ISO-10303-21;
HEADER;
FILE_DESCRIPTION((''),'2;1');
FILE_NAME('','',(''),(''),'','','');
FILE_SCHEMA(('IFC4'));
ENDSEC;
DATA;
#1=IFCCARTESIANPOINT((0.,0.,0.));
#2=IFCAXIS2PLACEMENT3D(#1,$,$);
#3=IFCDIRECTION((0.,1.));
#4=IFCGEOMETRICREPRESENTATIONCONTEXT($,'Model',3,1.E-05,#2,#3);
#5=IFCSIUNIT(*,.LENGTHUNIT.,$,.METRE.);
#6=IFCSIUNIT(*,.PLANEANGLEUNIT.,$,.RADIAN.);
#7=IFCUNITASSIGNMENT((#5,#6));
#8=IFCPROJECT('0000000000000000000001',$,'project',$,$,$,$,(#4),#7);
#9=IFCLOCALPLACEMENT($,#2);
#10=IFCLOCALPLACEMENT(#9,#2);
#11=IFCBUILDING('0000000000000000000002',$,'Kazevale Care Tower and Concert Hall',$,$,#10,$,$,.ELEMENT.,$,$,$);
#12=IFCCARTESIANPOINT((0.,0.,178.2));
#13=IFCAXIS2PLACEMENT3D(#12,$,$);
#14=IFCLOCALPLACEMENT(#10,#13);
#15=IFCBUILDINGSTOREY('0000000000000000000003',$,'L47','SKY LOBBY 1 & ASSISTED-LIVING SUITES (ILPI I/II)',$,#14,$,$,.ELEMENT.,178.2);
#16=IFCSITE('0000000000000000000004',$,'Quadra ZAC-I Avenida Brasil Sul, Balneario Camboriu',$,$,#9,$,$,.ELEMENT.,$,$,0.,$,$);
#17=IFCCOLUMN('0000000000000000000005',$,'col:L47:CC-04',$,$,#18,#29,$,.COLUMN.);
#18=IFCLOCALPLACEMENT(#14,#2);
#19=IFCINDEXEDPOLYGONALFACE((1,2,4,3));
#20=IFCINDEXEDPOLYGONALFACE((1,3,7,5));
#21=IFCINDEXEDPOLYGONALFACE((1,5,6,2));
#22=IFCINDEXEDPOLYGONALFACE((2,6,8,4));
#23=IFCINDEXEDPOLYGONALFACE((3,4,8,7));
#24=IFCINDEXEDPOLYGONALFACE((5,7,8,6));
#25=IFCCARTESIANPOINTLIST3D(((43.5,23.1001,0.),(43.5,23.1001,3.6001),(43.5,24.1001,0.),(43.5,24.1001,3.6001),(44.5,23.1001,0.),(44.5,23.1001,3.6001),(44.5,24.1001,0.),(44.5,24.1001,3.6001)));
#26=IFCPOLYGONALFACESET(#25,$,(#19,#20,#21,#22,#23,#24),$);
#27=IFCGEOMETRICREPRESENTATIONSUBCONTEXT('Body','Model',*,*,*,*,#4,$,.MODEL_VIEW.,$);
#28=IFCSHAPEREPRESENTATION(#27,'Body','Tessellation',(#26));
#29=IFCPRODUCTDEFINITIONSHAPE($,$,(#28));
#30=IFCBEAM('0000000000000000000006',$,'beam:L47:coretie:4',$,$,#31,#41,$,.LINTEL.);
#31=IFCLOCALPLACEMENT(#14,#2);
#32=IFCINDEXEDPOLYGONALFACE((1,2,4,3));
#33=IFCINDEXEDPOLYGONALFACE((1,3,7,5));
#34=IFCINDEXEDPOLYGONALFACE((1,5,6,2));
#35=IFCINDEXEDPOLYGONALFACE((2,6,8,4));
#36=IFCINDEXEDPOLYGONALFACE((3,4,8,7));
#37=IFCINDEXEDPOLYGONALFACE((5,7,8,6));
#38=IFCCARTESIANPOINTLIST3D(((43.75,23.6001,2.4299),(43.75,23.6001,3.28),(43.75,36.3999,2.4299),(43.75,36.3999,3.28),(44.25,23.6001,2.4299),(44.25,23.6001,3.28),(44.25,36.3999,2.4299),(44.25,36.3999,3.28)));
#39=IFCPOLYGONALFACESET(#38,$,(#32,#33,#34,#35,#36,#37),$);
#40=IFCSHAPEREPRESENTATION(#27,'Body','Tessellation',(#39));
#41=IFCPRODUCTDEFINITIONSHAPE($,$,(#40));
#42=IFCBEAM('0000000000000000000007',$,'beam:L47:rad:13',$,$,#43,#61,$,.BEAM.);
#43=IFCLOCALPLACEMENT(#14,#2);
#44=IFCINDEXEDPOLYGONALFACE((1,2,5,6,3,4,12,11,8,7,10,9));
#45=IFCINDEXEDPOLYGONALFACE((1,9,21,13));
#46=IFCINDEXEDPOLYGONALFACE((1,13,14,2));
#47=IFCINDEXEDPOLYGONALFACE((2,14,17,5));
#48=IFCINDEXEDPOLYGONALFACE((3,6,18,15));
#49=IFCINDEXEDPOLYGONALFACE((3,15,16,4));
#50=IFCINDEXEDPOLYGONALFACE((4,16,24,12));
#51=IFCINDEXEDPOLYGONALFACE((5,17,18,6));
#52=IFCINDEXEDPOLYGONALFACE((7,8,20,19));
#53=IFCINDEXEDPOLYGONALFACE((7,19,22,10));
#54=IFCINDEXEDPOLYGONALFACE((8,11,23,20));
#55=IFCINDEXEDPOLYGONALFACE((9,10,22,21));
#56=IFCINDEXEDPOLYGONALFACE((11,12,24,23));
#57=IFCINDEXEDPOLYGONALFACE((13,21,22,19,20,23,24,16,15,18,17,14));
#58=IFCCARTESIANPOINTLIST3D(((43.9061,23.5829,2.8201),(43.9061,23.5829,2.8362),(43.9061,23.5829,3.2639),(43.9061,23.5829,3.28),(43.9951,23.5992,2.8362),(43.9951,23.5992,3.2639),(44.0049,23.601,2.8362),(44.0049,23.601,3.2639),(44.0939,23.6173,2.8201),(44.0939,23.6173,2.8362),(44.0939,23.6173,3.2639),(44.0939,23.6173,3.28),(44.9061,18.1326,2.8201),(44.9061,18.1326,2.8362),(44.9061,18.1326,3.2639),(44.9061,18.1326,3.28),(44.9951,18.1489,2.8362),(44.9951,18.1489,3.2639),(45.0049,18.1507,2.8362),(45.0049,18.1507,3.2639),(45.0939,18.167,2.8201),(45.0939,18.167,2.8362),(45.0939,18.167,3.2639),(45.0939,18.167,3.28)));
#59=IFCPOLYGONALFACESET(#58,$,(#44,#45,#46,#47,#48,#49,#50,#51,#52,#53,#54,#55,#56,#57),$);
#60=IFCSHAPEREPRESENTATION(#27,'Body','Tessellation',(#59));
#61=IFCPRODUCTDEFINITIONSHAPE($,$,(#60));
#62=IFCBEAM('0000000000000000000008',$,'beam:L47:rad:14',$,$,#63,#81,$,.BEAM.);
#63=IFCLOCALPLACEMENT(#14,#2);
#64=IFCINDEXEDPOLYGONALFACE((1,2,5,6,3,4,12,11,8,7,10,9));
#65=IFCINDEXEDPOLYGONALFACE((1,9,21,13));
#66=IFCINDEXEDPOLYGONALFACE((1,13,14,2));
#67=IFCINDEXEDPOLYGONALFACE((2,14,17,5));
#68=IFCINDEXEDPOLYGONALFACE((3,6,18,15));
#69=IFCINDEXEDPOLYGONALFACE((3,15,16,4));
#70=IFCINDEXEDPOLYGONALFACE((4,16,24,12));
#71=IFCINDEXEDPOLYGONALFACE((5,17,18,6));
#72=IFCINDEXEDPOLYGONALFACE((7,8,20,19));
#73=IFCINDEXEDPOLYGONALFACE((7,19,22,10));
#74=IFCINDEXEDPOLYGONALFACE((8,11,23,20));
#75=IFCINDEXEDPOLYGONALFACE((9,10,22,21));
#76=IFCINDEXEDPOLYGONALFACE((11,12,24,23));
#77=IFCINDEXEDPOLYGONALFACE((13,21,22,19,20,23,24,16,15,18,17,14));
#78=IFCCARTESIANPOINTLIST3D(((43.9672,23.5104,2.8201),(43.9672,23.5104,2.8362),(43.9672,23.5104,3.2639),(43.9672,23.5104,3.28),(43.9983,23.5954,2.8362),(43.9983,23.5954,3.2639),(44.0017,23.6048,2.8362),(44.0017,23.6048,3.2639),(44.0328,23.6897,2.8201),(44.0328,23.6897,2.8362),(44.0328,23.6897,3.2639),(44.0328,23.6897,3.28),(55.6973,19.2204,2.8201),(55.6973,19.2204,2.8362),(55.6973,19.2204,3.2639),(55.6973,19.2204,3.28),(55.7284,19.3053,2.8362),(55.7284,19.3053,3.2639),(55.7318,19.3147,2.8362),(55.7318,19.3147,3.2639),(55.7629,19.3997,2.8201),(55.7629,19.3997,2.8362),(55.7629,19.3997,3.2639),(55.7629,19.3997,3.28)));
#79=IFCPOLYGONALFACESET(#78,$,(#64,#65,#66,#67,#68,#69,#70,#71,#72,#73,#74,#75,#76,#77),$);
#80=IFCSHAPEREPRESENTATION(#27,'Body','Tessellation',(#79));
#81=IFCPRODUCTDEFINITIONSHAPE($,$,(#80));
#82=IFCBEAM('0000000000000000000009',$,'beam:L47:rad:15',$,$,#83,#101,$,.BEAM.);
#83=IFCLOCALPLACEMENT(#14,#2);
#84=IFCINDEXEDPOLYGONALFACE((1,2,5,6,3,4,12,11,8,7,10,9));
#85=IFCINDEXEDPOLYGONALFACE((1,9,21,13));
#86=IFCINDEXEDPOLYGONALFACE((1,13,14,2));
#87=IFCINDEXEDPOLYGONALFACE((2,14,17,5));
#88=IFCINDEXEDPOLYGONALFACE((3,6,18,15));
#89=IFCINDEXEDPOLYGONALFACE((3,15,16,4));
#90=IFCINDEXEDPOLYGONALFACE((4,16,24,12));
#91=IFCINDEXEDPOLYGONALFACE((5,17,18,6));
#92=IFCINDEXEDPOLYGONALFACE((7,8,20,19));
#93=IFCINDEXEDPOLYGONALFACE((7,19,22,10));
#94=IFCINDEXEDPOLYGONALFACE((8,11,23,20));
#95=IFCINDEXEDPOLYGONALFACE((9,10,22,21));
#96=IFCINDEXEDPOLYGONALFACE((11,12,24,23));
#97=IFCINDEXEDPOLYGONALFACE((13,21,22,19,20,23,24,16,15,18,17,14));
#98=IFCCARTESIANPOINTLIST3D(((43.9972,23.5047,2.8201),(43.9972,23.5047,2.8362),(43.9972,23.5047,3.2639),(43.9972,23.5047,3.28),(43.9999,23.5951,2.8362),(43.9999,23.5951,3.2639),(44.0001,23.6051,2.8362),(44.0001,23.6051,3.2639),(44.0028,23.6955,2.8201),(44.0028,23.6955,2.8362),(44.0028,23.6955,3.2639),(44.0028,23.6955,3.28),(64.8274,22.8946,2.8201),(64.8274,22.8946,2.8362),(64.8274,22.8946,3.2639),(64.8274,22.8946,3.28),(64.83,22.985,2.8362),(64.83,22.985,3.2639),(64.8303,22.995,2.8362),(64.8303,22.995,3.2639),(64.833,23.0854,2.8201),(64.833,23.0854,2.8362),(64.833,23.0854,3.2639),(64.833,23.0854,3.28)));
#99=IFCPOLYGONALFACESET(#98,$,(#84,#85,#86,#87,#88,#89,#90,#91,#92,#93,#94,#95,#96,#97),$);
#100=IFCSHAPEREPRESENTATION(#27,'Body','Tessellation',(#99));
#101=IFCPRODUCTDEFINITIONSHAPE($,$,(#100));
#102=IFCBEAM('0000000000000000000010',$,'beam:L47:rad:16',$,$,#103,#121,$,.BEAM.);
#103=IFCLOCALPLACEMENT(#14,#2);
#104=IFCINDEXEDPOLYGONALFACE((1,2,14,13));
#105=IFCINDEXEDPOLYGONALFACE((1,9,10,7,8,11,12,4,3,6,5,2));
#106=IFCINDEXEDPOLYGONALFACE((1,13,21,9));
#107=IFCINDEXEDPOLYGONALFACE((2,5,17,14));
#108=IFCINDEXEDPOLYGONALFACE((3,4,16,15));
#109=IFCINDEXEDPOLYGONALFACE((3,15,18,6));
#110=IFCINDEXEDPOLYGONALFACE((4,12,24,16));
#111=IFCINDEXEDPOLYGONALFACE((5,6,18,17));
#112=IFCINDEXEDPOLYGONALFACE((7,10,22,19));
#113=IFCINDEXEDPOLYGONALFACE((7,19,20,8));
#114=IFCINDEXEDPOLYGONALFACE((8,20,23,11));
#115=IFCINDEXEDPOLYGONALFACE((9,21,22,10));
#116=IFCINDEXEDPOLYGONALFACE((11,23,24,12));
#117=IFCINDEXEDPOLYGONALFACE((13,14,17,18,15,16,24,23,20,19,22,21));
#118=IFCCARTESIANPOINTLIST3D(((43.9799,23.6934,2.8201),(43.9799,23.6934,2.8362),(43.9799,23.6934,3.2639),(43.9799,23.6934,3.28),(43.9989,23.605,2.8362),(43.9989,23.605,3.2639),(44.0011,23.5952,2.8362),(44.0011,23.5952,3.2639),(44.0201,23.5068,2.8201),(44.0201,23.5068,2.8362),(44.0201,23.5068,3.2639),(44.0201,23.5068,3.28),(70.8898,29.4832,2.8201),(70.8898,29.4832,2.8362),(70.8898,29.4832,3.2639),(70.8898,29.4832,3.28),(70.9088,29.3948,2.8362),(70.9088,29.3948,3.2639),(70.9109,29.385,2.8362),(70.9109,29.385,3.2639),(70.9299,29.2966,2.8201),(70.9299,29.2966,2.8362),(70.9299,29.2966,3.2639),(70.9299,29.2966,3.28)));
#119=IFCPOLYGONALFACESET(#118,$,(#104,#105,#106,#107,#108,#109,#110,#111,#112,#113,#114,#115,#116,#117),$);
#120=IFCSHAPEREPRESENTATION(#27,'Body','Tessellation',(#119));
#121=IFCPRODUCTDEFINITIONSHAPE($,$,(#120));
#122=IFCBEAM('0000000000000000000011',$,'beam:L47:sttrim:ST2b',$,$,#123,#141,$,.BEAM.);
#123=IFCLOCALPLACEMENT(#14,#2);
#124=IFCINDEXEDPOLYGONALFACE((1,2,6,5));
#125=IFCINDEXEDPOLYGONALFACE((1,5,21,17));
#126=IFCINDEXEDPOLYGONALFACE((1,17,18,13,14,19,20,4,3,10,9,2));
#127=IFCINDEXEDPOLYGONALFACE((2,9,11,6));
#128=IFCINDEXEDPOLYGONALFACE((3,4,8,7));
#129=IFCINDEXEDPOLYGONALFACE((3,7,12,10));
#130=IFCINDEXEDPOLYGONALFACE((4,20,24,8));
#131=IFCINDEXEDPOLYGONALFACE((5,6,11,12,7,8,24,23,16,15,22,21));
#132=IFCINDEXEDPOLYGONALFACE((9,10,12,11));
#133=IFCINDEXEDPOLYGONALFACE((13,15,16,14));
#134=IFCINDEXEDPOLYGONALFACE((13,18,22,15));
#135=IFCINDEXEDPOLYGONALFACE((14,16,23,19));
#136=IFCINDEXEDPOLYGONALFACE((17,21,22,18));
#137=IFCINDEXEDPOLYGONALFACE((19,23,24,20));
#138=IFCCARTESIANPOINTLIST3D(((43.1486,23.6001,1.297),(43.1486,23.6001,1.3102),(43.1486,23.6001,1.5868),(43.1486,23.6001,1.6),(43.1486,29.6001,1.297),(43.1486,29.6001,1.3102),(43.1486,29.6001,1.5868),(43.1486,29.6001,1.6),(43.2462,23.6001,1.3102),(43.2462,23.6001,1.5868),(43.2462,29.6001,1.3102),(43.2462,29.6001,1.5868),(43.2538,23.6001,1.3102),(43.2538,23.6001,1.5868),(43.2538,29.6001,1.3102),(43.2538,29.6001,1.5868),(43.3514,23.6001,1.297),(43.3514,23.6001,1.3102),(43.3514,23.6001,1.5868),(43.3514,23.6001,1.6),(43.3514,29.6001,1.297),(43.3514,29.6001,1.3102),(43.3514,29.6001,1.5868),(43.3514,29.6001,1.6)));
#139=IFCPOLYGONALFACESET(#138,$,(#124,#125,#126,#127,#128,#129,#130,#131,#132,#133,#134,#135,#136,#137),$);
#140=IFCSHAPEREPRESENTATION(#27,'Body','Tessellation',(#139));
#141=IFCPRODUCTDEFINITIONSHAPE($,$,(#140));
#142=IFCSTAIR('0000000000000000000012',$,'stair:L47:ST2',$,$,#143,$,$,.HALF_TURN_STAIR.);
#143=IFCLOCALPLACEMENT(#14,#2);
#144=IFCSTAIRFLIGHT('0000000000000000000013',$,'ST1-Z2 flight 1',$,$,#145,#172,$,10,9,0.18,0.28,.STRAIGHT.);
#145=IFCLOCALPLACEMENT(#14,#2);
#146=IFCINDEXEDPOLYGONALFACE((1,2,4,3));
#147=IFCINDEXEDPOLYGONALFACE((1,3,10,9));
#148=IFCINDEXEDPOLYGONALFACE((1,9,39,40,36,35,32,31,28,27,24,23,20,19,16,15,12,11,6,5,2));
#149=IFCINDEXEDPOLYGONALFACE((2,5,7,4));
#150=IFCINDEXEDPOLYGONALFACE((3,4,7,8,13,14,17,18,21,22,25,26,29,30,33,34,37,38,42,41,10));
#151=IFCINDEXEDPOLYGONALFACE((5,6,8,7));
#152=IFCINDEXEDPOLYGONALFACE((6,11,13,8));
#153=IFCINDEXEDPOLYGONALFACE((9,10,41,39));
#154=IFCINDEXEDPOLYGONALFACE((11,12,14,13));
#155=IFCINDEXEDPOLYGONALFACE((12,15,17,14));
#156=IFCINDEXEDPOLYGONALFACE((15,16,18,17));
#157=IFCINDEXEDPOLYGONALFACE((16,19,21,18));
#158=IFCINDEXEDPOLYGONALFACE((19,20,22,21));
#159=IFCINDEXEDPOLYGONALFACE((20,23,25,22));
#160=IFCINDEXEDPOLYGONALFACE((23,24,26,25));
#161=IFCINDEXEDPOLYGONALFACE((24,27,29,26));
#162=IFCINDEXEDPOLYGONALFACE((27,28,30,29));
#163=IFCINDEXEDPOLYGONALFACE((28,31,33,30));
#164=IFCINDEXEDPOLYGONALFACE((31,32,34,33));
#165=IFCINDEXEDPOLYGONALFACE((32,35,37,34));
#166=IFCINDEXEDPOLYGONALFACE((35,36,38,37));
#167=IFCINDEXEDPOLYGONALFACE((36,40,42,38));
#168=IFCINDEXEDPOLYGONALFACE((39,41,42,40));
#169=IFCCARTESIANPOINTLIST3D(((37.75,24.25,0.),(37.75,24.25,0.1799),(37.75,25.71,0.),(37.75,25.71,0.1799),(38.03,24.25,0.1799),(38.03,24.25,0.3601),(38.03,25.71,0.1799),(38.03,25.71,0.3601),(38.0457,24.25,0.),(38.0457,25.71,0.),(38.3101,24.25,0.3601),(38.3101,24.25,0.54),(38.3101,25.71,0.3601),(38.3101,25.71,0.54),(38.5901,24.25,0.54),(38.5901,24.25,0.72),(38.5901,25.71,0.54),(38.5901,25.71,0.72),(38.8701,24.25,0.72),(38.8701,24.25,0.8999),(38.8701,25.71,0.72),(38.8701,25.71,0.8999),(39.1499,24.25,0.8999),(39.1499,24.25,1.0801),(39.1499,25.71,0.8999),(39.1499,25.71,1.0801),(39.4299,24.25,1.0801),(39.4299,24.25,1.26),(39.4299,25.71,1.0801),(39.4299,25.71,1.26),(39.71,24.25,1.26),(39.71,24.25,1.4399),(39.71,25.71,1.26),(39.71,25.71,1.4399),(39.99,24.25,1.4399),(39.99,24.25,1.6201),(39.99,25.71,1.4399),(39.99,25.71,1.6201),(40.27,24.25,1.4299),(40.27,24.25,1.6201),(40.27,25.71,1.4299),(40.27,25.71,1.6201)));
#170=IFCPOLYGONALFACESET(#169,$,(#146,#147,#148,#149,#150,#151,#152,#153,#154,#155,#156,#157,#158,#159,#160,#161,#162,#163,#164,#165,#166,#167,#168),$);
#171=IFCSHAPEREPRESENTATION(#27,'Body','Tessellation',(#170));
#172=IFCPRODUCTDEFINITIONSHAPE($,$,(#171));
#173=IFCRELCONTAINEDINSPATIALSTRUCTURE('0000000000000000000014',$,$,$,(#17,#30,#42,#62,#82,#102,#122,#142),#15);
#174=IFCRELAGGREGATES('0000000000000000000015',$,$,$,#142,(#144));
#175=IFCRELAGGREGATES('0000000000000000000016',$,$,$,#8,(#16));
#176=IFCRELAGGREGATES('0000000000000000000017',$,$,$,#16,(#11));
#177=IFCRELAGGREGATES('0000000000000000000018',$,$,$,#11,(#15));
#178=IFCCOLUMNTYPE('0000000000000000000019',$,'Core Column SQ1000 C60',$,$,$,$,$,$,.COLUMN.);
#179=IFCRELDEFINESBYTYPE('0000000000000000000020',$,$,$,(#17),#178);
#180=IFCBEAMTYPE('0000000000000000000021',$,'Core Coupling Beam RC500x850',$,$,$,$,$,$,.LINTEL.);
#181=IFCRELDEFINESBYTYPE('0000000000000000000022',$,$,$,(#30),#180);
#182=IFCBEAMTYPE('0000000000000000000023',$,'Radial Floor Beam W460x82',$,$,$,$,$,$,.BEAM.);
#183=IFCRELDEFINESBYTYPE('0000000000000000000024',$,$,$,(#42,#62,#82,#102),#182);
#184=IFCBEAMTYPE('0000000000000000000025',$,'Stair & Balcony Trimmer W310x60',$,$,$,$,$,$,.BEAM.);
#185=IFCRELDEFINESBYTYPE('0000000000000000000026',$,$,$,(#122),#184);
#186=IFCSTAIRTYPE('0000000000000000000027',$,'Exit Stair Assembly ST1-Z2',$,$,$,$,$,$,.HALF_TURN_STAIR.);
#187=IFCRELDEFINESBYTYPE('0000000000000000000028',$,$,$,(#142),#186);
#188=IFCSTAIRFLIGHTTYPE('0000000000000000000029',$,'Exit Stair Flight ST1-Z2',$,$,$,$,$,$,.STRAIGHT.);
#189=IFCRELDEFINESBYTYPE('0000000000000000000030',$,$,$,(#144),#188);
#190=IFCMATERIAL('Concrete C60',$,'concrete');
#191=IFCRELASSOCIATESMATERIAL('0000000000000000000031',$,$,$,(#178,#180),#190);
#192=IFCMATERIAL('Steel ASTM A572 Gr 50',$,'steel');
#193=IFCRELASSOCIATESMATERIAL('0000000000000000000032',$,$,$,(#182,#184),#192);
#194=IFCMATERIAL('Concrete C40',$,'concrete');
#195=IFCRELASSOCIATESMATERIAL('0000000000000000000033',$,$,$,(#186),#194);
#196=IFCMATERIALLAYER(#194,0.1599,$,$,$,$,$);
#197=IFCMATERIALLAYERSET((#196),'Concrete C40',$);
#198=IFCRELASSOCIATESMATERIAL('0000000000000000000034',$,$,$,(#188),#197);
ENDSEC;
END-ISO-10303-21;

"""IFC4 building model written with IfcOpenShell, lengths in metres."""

from ifc_helpers import new_model, si_unit, direction, frame, origin, origin_2d, place, context, subcontext, project, spatial, polyline, rectangle, i_section, outline, extrude, material, layer, layer_set, material_profile, profile_set, type_object, element, aggregate, save


model = new_model("IFC4")

# Units and contexts
model_context = context("Model", 3, precision=1e-05, world=origin(), true_north=direction((0.0, 1.0)))
body_context = subcontext(model_context, "Body", "Model", "MODEL_VIEW")
ifc_project = project(units=[si_unit("LENGTHUNIT", "METRE"), si_unit("PLANEANGLEUNIT", "RADIAN")], contexts=[model_context])

# Site, building, storey
site_placement = place(None, origin())
site = spatial("IfcSite", under=ifc_project, at=site_placement, Name="Quadra ZAC-I Avenida Brasil Sul, Balneario Camboriu", CompositionType="ELEMENT", RefElevation=0.0)
building_placement = place(site_placement, origin())
building = spatial("IfcBuilding", under=site, at=building_placement, Name="Kazevale Care Tower and Concert Hall", CompositionType="ELEMENT")
storey_placement = place(building_placement, frame((0.0, 0.0, 178.2)))
storey = spatial("IfcBuildingStorey", under=building, at=storey_placement, Name="L47", Description="SKY LOBBY 1 & ASSISTED-LIVING SUITES (ILPI I/II)", CompositionType="ELEMENT", Elevation=178.2)

# Column
ifc_material_1 = material(Name="Concrete C60", Category="concrete")
ifc_material_profile_1 = material_profile(ifc_material_1, rectangle(XDim=1.0, YDim=1.0, at=origin_2d()), Name="RC-SQ1000")
ifc_profile_set_1 = profile_set([ifc_material_profile_1], Name="Concrete C60")
column_type = type_object("IfcColumnType", Name="Core Column SQ1000 C60", PredefinedType="COLUMN", material=ifc_profile_set_1)
column_placement = place(storey_placement, frame((44.0, 23.6001, 0.0), z_axis=(0.0, 0.0, 1.0), x_axis=(1.0, 0.0, 0.0)))
element("IfcColumn", 1, at=column_placement, inside=storey, type_object=column_type, Name="col:L47:CC-04", PredefinedType="COLUMN", context=body_context, shape_type="SweptSolid", body=[
    extrude(rectangle(XDim=1.0, YDim=1.0, at=origin_2d()), origin(), (0.0, 0.0, 1.0), 3.6001),
])

# Beams
ifc_material_profile_2 = material_profile(ifc_material_1, rectangle(XDim=0.5, YDim=0.8501, at=origin_2d()), Name="RC-B500x850")
ifc_profile_set_2 = profile_set([ifc_material_profile_2], Name="Concrete C60")
beam_type_1 = type_object("IfcBeamType", Name="Core Coupling Beam RC500x850", PredefinedType="LINTEL", material=ifc_profile_set_2)
beam_1_placement = place(storey_placement, frame((44.0, 23.6001, 2.855), z_axis=(0.0, 1.0, 0.0), x_axis=(-1.0, 0.0, 0.0)))
element("IfcBeam", 2, at=beam_1_placement, inside=storey, type_object=beam_type_1, Name="beam:L47:coretie:4", PredefinedType="LINTEL", context=body_context, shape_type="SweptSolid", body=[
    extrude(rectangle(XDim=0.5, YDim=0.8501, at=origin_2d()), origin(), (0.0, 0.0, 1.0), 12.7998),
])
ifc_material_2 = material(Name="Steel ASTM A572 Gr 50", Category="steel")
ifc_material_profile_3 = material_profile(ifc_material_2, i_section(OverallWidth=0.1909, OverallDepth=0.46, WebThickness=0.01, FlangeThickness=0.0161, at=origin_2d()), Name="W460x82")
ifc_profile_set_3 = profile_set([ifc_material_profile_3], Name="Steel ASTM A572 Gr 50")
beam_type_2 = type_object("IfcBeamType", Name="Radial Floor Beam W460x82", PredefinedType="BEAM", material=ifc_profile_set_3)
beam_2_placement = place(storey_placement, frame((44.0, 23.6001, 3.05), z_axis=(0.180467, -0.983581, 0.0), x_axis=(0.983581, 0.180467, 0.0)))
element("IfcBeam", 3, at=beam_2_placement, inside=storey, type_object=beam_type_2, Name="beam:L47:rad:13", PredefinedType="BEAM", context=body_context, shape_type="SweptSolid", body=[
    extrude(i_section(OverallWidth=0.1909, OverallDepth=0.46, WebThickness=0.01, FlangeThickness=0.0161, at=origin_2d()), origin(), (0.0, 0.0, 1.0), 5.5413),
])
beam_3_placement = place(storey_placement, frame((44.0, 23.6001, 3.05), z_axis=(0.939159, -0.343481, 0.0), x_axis=(0.343481, 0.939159, 0.0)))
element("IfcBeam", 4, at=beam_3_placement, inside=storey, type_object=beam_type_2, Name="beam:L47:rad:14", PredefinedType="BEAM", context=body_context, shape_type="SweptSolid", body=[
    extrude(i_section(OverallWidth=0.1909, OverallDepth=0.46, WebThickness=0.01, FlangeThickness=0.0161, at=origin_2d()), origin(), (0.0, 0.0, 1.0), 12.49),
])
beam_4_placement = place(storey_placement, frame((44.0, 23.6001, 3.05), z_axis=(0.999571, -0.029277, 0.0), x_axis=(0.029277, 0.999571, 0.0)))
element("IfcBeam", 5, at=beam_4_placement, inside=storey, type_object=beam_type_2, Name="beam:L47:rad:15", PredefinedType="BEAM", context=body_context, shape_type="SweptSolid", body=[
    extrude(i_section(OverallWidth=0.1909, OverallDepth=0.46, WebThickness=0.01, FlangeThickness=0.0161, at=origin_2d()), origin(), (0.0, 0.0, 1.0), 20.8391),
])
beam_5_placement = place(storey_placement, frame((44.0, 23.6001, 3.05), z_axis=(0.977628, 0.210341, 0.0), x_axis=(-0.210341, 0.977628, 0.0)))
element("IfcBeam", 6, at=beam_5_placement, inside=storey, type_object=beam_type_2, Name="beam:L47:rad:16", PredefinedType="BEAM", context=body_context, shape_type="SweptSolid", body=[
    extrude(i_section(OverallWidth=0.1909, OverallDepth=0.46, WebThickness=0.01, FlangeThickness=0.0161, at=origin_2d()), origin(), (0.0, 0.0, 1.0), 27.5256),
])
ifc_material_profile_4 = material_profile(ifc_material_2, i_section(OverallWidth=0.2029, OverallDepth=0.303, WebThickness=0.0076, FlangeThickness=0.0132, at=origin_2d()), Name="W310x60")
ifc_profile_set_4 = profile_set([ifc_material_profile_4], Name="Steel ASTM A572 Gr 50")
beam_type_3 = type_object("IfcBeamType", Name="Stair & Balcony Trimmer W310x60", PredefinedType="BEAM", material=ifc_profile_set_4)
beam_6_placement = place(storey_placement, frame((43.25, 23.6001, 1.4485), z_axis=(0.0, 1.0, 0.0), x_axis=(-1.0, 0.0, 0.0)))
element("IfcBeam", 7, at=beam_6_placement, inside=storey, type_object=beam_type_3, Name="beam:L47:sttrim:ST2b", PredefinedType="BEAM", context=body_context, shape_type="SweptSolid", body=[
    extrude(i_section(OverallWidth=0.2029, OverallDepth=0.303, WebThickness=0.0076, FlangeThickness=0.0132, at=origin_2d()), origin(), (0.0, 0.0, 1.0), 6.0),
])

# Stair, stair flight
ifc_material_3 = material(Name="Concrete C40", Category="concrete")
stair_type = type_object("IfcStairType", Name="Exit Stair Assembly ST1-Z2", PredefinedType="HALF_TURN_STAIR", material=ifc_material_3)
stair_placement = place(storey_placement, origin())
stair = element("IfcStair", 8, at=stair_placement, inside=storey, type_object=stair_type, Name="stair:L47:ST2", PredefinedType="HALF_TURN_STAIR")
ifc_layer_1 = layer(ifc_material_3, 0.1599)
ifc_layer_set_1 = layer_set([ifc_layer_1], Name="Concrete C40")
stair_flight_type = type_object("IfcStairFlightType", Name="Exit Stair Flight ST1-Z2", PredefinedType="STRAIGHT", material=ifc_layer_set_1)
stair_flight_1_placement = place(storey_placement, frame((37.75, 24.98, 0.0), z_axis=(0.0, 0.0, 1.0), x_axis=(1.0, 0.0, 0.0)))
stair_flight_1 = element("IfcStairFlight", 9, at=stair_flight_1_placement, type_object=stair_flight_type, Name="ST1-Z2 flight 1", NumberOfRisers=10, NumberOfTreads=9, PredefinedType="STRAIGHT", RiserHeight=0.18, TreadLength=0.28, context=body_context, shape_type="SweptSolid", body=[
    extrude(outline(polyline([(0.0, 0.0), (0.0, 0.1799), (0.28, 0.1799), (0.28, 0.3601), (0.5601, 0.3601), (0.5601, 0.54), (0.8401, 0.54), (0.8401, 0.72), (1.1201, 0.72), (1.1201, 0.8999), (1.3999, 0.8999), (1.3999, 1.0801), (1.6799, 1.0801), (1.6799, 1.26), (1.96, 1.26), (1.96, 1.4399), (2.24, 1.4399), (2.24, 1.6201), (2.52, 1.6201), (2.52, 1.8), (2.52, 1.4299), (0.2957, 0.0), (0.0, 0.0)])), frame((0.0, 0.73, 0.0), z_axis=(0.0, -1.0, 0.0), x_axis=(1.0, 0.0, 0.0)), (0.0, 0.0, 1.0), 1.46),
])
aggregate(stair, [stair_flight_1])

save(model, "model.ifc")
